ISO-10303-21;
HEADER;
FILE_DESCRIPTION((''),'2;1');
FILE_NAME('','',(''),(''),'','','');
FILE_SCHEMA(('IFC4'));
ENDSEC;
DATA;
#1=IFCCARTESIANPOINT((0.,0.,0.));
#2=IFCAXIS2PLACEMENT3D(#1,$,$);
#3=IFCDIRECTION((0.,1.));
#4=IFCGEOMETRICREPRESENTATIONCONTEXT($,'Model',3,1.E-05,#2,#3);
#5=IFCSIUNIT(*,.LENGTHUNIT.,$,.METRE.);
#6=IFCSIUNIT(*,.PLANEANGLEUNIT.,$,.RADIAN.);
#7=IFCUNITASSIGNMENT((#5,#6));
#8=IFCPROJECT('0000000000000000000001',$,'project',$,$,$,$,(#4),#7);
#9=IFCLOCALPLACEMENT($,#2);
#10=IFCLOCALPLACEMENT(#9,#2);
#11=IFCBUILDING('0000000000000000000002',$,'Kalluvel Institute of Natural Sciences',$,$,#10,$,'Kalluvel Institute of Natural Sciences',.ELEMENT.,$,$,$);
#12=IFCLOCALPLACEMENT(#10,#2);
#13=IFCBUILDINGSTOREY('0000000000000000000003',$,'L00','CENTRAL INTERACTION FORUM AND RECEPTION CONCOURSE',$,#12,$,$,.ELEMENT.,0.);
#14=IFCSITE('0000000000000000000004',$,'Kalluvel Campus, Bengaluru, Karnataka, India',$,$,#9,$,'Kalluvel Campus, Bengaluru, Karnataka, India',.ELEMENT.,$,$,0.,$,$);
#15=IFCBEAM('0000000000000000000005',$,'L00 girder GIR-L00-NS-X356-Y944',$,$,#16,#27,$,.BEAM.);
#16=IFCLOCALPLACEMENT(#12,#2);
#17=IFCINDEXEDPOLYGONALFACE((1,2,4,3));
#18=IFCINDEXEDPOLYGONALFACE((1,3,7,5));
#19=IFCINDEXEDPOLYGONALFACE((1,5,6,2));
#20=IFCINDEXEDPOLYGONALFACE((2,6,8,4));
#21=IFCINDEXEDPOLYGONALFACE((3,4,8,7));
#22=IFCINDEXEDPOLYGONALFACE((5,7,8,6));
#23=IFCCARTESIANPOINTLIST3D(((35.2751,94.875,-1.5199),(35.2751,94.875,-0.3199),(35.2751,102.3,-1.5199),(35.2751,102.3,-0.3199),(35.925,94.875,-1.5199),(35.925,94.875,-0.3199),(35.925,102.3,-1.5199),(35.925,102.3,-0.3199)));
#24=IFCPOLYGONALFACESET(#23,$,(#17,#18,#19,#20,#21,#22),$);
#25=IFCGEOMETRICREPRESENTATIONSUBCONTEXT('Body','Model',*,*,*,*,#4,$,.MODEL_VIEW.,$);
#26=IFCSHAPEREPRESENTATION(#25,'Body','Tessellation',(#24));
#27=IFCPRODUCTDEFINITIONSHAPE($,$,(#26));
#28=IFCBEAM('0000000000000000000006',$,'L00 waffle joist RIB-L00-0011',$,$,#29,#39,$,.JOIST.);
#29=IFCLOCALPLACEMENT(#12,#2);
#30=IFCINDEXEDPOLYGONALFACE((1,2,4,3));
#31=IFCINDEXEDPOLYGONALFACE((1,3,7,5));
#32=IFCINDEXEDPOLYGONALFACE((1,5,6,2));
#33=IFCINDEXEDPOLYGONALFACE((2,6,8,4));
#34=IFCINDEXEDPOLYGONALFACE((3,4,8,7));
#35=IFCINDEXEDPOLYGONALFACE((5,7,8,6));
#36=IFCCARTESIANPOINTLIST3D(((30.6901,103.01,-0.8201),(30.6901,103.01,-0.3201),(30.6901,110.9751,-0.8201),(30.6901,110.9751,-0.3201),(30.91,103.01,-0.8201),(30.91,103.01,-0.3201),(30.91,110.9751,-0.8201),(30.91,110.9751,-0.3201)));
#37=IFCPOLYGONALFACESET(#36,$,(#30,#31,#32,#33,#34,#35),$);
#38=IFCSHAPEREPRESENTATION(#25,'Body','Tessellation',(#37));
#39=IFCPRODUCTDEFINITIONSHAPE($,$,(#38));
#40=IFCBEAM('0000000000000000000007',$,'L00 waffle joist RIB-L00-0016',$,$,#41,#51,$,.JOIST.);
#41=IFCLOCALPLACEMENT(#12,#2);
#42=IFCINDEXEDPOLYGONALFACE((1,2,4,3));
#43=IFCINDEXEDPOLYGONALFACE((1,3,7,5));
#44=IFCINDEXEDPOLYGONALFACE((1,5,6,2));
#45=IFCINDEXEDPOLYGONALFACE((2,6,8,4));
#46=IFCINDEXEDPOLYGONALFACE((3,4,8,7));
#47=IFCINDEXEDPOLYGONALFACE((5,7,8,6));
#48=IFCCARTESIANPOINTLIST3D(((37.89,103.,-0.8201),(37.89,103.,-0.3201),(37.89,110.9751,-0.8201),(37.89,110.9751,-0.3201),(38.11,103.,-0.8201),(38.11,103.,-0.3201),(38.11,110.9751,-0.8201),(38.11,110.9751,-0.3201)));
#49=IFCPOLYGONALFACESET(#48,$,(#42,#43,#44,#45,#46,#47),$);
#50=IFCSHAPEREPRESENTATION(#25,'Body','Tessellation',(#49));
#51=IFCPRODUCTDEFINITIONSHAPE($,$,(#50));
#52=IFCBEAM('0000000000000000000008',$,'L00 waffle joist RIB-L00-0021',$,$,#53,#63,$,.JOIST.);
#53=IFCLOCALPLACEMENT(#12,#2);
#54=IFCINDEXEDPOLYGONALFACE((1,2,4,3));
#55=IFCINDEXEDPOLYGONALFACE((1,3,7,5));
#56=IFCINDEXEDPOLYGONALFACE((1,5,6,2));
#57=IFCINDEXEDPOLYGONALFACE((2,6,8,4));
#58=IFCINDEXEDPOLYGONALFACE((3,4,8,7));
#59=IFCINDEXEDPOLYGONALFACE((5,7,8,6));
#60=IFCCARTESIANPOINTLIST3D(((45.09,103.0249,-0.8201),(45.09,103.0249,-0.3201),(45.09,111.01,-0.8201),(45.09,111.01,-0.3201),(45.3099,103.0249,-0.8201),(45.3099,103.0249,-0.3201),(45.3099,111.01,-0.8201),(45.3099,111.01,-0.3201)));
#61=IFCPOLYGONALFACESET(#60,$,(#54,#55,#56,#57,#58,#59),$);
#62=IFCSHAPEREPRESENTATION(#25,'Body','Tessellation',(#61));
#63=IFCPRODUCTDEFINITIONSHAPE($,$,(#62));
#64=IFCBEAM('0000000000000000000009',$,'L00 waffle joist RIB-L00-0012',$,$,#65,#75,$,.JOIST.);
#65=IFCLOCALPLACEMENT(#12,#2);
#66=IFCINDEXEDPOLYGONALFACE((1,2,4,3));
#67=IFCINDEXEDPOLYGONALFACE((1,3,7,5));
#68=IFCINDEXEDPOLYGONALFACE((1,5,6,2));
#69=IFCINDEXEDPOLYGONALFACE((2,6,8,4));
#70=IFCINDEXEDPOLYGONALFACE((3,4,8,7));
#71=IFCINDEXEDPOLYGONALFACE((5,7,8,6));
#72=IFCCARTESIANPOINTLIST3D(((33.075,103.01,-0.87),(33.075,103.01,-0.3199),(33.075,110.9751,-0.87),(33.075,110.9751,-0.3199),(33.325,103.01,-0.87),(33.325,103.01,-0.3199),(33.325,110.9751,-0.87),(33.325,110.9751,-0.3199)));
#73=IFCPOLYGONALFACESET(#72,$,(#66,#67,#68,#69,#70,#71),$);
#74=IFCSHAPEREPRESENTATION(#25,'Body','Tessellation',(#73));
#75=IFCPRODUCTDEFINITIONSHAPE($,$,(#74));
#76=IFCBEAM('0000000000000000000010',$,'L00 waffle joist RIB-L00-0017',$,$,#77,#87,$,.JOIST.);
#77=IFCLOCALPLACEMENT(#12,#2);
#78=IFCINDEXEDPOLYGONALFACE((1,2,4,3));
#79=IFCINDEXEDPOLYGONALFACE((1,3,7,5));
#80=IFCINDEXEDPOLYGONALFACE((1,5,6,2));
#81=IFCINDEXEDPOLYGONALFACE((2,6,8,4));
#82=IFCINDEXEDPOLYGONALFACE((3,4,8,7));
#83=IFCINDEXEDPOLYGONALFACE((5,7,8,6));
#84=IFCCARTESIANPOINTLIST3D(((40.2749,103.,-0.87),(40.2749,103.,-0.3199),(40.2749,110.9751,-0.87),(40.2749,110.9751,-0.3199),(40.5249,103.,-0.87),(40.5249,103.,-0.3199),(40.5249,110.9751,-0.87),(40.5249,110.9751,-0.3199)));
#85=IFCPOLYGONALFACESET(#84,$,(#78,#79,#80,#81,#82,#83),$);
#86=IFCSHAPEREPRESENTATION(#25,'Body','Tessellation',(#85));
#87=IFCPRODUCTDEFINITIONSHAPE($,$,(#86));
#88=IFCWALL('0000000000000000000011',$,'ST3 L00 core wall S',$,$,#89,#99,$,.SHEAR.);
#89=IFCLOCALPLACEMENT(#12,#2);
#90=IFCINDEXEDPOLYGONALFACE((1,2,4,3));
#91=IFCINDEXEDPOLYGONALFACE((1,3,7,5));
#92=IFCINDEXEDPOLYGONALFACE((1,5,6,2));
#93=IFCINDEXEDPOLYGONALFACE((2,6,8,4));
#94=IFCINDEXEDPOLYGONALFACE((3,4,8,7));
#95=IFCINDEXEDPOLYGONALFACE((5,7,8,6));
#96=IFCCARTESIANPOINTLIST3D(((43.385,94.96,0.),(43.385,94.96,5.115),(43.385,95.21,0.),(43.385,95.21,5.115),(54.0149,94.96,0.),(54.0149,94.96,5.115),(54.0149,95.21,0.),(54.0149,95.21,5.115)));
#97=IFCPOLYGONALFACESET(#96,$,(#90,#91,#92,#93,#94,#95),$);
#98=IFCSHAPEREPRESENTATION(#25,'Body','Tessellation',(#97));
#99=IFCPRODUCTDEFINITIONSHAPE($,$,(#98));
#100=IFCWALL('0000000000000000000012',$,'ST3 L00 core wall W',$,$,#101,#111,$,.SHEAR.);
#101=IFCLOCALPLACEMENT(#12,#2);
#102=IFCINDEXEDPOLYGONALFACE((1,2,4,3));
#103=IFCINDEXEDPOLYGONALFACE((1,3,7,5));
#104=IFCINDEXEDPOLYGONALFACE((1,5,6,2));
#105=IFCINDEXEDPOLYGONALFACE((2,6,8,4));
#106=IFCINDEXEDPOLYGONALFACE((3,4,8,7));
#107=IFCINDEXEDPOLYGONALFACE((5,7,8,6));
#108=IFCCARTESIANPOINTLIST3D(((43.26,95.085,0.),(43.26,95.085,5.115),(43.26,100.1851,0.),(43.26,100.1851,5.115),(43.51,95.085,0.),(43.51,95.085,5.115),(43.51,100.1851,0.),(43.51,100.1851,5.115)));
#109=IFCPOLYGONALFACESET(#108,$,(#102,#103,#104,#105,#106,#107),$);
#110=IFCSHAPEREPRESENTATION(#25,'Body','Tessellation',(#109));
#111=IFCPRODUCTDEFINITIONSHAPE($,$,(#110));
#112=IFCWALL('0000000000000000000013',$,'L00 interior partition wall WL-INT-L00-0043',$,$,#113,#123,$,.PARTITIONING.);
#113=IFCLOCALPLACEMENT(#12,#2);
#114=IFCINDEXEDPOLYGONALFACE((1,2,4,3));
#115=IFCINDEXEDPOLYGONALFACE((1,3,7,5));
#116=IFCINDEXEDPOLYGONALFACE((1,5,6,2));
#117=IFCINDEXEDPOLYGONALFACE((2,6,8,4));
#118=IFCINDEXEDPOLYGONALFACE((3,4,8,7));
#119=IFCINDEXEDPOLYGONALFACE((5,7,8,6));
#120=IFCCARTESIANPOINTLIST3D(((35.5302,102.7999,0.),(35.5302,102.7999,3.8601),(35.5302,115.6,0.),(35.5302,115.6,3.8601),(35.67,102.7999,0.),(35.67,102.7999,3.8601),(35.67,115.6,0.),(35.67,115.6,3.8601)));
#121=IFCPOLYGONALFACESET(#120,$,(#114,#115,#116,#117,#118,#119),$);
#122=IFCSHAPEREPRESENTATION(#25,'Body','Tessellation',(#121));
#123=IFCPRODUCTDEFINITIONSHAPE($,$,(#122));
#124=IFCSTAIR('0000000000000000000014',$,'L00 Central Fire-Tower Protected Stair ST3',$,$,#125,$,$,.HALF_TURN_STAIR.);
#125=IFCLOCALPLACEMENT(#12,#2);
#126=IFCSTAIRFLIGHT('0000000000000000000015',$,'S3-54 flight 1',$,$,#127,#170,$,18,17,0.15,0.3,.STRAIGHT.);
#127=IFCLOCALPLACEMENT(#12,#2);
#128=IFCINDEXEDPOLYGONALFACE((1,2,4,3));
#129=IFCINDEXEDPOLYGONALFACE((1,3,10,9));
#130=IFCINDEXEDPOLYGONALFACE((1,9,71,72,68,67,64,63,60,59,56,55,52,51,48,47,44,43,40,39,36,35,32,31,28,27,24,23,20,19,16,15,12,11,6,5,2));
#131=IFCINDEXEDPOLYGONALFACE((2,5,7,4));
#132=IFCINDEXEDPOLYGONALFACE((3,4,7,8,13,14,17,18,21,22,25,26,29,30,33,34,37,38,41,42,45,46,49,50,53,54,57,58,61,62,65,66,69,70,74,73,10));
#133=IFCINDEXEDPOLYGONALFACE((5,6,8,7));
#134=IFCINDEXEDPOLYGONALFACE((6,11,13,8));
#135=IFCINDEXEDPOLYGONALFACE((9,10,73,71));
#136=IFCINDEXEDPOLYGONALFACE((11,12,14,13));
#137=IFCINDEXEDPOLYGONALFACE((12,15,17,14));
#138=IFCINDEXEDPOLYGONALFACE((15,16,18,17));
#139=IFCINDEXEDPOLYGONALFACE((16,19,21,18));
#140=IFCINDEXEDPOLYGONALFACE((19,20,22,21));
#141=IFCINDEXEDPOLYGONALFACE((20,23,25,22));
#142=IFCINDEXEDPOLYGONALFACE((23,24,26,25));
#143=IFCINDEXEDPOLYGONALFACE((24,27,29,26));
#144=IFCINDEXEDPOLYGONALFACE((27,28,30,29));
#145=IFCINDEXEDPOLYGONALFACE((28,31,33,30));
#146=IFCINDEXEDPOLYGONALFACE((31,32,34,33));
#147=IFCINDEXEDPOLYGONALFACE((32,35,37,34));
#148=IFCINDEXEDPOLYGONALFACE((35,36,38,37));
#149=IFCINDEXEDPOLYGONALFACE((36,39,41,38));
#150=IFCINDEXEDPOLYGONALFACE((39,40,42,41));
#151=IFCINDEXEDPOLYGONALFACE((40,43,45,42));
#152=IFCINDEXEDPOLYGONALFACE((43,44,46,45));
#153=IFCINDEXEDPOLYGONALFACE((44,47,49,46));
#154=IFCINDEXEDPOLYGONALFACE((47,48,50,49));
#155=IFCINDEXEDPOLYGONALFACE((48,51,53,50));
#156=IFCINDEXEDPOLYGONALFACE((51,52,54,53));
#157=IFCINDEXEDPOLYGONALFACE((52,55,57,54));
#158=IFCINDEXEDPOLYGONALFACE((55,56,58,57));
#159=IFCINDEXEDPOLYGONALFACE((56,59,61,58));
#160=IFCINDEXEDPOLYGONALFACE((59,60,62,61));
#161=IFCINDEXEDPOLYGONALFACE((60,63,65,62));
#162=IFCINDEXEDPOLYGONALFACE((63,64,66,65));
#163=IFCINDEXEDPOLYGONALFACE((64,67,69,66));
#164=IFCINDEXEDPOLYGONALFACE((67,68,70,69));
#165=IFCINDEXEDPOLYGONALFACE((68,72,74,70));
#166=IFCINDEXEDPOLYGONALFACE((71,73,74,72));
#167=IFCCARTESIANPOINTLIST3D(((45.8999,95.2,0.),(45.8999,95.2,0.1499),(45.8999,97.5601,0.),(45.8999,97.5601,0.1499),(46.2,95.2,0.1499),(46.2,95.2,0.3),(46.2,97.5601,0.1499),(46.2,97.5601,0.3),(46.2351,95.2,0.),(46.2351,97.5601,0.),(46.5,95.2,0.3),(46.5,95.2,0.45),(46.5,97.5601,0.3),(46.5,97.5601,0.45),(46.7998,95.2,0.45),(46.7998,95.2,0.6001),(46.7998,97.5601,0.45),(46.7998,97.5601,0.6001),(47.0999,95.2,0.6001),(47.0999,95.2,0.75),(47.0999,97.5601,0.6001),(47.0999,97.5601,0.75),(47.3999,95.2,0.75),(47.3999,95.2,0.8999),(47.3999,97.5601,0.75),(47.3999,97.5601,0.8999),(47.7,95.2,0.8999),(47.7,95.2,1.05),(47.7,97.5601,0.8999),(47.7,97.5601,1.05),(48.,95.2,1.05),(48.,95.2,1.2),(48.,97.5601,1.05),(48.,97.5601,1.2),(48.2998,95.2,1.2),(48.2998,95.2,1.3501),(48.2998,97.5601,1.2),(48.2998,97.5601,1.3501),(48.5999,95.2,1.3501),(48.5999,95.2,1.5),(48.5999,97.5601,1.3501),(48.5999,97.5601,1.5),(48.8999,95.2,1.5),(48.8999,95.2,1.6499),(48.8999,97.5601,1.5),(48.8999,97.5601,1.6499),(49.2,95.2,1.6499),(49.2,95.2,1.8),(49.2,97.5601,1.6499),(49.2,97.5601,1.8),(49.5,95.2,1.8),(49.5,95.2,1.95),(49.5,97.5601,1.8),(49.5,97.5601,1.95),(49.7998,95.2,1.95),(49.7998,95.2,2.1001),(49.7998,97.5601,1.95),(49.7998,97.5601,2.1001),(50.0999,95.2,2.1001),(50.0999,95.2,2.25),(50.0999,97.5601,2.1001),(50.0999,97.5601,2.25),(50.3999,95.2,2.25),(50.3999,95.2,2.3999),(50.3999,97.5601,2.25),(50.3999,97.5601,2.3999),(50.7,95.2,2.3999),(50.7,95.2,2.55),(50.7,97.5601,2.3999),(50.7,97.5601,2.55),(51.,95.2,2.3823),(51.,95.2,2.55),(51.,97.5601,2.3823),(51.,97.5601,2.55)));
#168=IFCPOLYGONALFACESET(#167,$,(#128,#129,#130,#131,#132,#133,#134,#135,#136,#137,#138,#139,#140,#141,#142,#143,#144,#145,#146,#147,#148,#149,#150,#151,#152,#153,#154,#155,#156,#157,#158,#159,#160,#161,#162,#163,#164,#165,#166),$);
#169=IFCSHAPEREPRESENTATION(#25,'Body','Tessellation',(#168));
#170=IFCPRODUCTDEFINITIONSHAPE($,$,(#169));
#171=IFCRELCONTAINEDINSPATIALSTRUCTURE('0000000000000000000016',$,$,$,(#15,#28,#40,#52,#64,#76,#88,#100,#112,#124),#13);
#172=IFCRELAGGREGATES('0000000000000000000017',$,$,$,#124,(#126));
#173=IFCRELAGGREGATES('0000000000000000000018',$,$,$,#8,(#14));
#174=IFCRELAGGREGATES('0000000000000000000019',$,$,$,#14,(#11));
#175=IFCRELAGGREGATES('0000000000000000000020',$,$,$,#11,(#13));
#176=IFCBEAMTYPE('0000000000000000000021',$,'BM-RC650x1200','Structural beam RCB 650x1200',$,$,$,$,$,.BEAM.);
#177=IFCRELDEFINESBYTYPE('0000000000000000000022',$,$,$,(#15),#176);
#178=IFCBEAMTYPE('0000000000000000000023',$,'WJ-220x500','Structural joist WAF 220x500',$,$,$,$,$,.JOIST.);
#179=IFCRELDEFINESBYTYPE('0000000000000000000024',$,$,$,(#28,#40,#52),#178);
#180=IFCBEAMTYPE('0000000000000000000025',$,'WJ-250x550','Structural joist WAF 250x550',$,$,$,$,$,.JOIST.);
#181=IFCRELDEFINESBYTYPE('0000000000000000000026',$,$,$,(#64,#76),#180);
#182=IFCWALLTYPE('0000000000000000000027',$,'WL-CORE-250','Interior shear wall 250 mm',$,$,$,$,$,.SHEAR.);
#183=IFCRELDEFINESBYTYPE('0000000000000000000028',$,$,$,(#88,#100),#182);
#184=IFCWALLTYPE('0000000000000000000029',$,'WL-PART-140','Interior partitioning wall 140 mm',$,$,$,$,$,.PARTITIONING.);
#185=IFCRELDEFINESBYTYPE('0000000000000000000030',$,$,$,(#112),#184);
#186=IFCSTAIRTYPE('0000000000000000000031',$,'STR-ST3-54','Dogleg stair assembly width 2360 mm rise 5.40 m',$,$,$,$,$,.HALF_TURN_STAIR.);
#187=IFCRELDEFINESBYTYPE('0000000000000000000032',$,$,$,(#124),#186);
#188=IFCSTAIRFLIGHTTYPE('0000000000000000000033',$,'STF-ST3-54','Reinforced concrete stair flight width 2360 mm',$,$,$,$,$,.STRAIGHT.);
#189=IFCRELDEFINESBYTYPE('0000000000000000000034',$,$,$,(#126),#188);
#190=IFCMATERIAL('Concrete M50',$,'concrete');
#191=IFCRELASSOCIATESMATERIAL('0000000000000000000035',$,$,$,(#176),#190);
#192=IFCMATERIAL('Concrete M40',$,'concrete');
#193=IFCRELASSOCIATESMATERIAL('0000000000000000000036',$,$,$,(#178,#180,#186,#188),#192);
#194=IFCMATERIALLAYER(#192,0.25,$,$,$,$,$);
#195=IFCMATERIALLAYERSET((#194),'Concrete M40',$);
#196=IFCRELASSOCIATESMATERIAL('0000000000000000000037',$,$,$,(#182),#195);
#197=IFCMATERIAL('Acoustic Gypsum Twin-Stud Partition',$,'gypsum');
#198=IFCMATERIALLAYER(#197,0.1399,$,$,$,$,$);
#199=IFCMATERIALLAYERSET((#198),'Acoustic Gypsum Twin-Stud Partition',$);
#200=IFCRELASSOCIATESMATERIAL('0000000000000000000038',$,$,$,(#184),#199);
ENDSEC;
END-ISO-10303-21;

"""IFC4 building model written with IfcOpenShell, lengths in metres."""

from ifc_helpers import new_model, si_unit, direction, frame, frame_2d, origin, origin_2d, place, context, subcontext, project, spatial, polyline, rectangle, outline, extrude, material, layer, layer_set, material_profile, profile_set, type_object, element, aggregate, save


model = new_model("IFC4")

# Units and contexts
model_context = context("Model", 3, precision=1e-05, world=origin(), true_north=direction((0.0, 1.0)))
body_context = subcontext(model_context, "Body", "Model", "MODEL_VIEW")
ifc_project = project(units=[si_unit("LENGTHUNIT", "METRE"), si_unit("PLANEANGLEUNIT", "RADIAN")], contexts=[model_context])

# Site, building, storey
site_placement = place(None, origin())
site = spatial("IfcSite", under=ifc_project, at=site_placement, Name="Kalluvel Campus, Bengaluru, Karnataka, India", LongName="Kalluvel Campus, Bengaluru, Karnataka, India", CompositionType="ELEMENT", RefElevation=0.0)
building_placement = place(site_placement, origin())
building = spatial("IfcBuilding", under=site, at=building_placement, Name="Kalluvel Institute of Natural Sciences", LongName="Kalluvel Institute of Natural Sciences", CompositionType="ELEMENT")
storey_placement = place(building_placement, origin())
storey = spatial("IfcBuildingStorey", under=building, at=storey_placement, Name="L00", Description="CENTRAL INTERACTION FORUM AND RECEPTION CONCOURSE", CompositionType="ELEMENT", Elevation=0.0)

# Shared definitions
ifc_material_1 = material(Name="Concrete M50", Category="concrete")

# Beams
ifc_material_2 = material(Name="Concrete M40", Category="concrete")
ifc_material_profile_1 = material_profile(ifc_material_1, rectangle(XDim=0.6499, YDim=1.2, at=origin_2d()), Name="RCB 650x1200")
ifc_profile_set_1 = profile_set([ifc_material_profile_1], Name="Concrete M50")
beam_type_1 = type_object("IfcBeamType", Name="BM-RC650x1200", Description="Structural beam RCB 650x1200", PredefinedType="BEAM", material=ifc_profile_set_1)
beam_1_placement = place(storey_placement, frame((35.6001, 94.875, -0.9199), z_axis=(0.0, 1.0, 0.0), x_axis=(-1.0, 0.0, 0.0)))
element("IfcBeam", 1, at=beam_1_placement, inside=storey, type_object=beam_type_1, Name="L00 girder GIR-L00-NS-X356-Y944", PredefinedType="BEAM", context=body_context, shape_type="SweptSolid", body=[
    extrude(rectangle(XDim=0.6499, YDim=1.2, at=origin_2d()), origin(), (0.0, 0.0, 1.0), 7.425),
])
ifc_material_profile_2 = material_profile(ifc_material_2, rectangle(XDim=0.22, YDim=0.5, at=origin_2d()), Name="WAF 220x500")
ifc_profile_set_2 = profile_set([ifc_material_profile_2], Name="Concrete M40")
beam_type_2 = type_object("IfcBeamType", Name="WJ-220x500", Description="Structural joist WAF 220x500", PredefinedType="JOIST", material=ifc_profile_set_2)
beam_2_placement = place(storey_placement, frame((30.8, 103.01, -0.5701), z_axis=(0.0, 1.0, 0.0), x_axis=(-1.0, 0.0, 0.0)))
element("IfcBeam", 2, at=beam_2_placement, inside=storey, type_object=beam_type_2, Name="L00 waffle joist RIB-L00-0011", PredefinedType="JOIST", context=body_context, shape_type="SweptSolid", body=[
    extrude(rectangle(XDim=0.22, YDim=0.5, at=origin_2d()), origin(), (0.0, 0.0, 1.0), 7.9651),
])
beam_3_placement = place(storey_placement, frame((38.0, 103.0, -0.5701), z_axis=(0.0, 1.0, 0.0), x_axis=(-1.0, 0.0, 0.0)))
element("IfcBeam", 3, at=beam_3_placement, inside=storey, type_object=beam_type_2, Name="L00 waffle joist RIB-L00-0016", PredefinedType="JOIST", context=body_context, shape_type="SweptSolid", body=[
    extrude(rectangle(XDim=0.22, YDim=0.5, at=origin_2d()), origin(), (0.0, 0.0, 1.0), 7.9751),
])
beam_4_placement = place(storey_placement, frame((45.2, 103.0249, -0.5701), z_axis=(0.0, 1.0, 0.0), x_axis=(-1.0, 0.0, 0.0)))
element("IfcBeam", 4, at=beam_4_placement, inside=storey, type_object=beam_type_2, Name="L00 waffle joist RIB-L00-0021", PredefinedType="JOIST", context=body_context, shape_type="SweptSolid", body=[
    extrude(rectangle(XDim=0.22, YDim=0.5, at=origin_2d()), origin(), (0.0, 0.0, 1.0), 7.9851),
])
ifc_material_profile_3 = material_profile(ifc_material_2, rectangle(XDim=0.25, YDim=0.55, at=origin_2d()), Name="WAF 250x550")
ifc_profile_set_3 = profile_set([ifc_material_profile_3], Name="Concrete M40")
beam_type_3 = type_object("IfcBeamType", Name="WJ-250x550", Description="Structural joist WAF 250x550", PredefinedType="JOIST", material=ifc_profile_set_3)
beam_5_placement = place(storey_placement, frame((33.2, 103.01, -0.595), z_axis=(0.0, 1.0, 0.0), x_axis=(-1.0, 0.0, 0.0)))
element("IfcBeam", 5, at=beam_5_placement, inside=storey, type_object=beam_type_3, Name="L00 waffle joist RIB-L00-0012", PredefinedType="JOIST", context=body_context, shape_type="SweptSolid", body=[
    extrude(rectangle(XDim=0.25, YDim=0.55, at=origin_2d()), origin(), (0.0, 0.0, 1.0), 7.9651),
])
beam_6_placement = place(storey_placement, frame((40.3999, 103.0, -0.595), z_axis=(0.0, 1.0, 0.0), x_axis=(-1.0, 0.0, 0.0)))
element("IfcBeam", 6, at=beam_6_placement, inside=storey, type_object=beam_type_3, Name="L00 waffle joist RIB-L00-0017", PredefinedType="JOIST", context=body_context, shape_type="SweptSolid", body=[
    extrude(rectangle(XDim=0.25, YDim=0.55, at=origin_2d()), origin(), (0.0, 0.0, 1.0), 7.9751),
])

# Walls
ifc_layer_1 = layer(ifc_material_2, 0.25)
ifc_layer_set_1 = layer_set([ifc_layer_1], Name="Concrete M40")
wall_type_1 = type_object("IfcWallType", Name="WL-CORE-250", Description="Interior shear wall 250 mm", PredefinedType="SHEAR", material=ifc_layer_set_1)
wall_1_placement = place(storey_placement, frame((43.385, 95.085, 0.0), z_axis=(0.0, 0.0, 1.0), x_axis=(1.0, 0.0, 0.0)))
element("IfcWall", 7, at=wall_1_placement, inside=storey, type_object=wall_type_1, Name="ST3 L00 core wall S", PredefinedType="SHEAR", context=body_context, shape_type="SweptSolid", body=[
    extrude(rectangle(XDim=10.6299, YDim=0.25, at=frame_2d((5.3149, 0.0))), origin(), (0.0, 0.0, 1.0), 5.115),
])
wall_2_placement = place(storey_placement, frame((43.385, 100.1851, 0.0), z_axis=(0.0, 0.0, 1.0), x_axis=(0.0, -1.0, 0.0)))
element("IfcWall", 8, at=wall_2_placement, inside=storey, type_object=wall_type_1, Name="ST3 L00 core wall W", PredefinedType="SHEAR", context=body_context, shape_type="SweptSolid", body=[
    extrude(rectangle(XDim=5.1001, YDim=0.25, at=frame_2d((2.55, 0.0))), origin(), (0.0, 0.0, 1.0), 5.115),
])
ifc_material_3 = material(Name="Acoustic Gypsum Twin-Stud Partition", Category="gypsum")
ifc_layer_2 = layer(ifc_material_3, 0.1399)
ifc_layer_set_2 = layer_set([ifc_layer_2], Name="Acoustic Gypsum Twin-Stud Partition")
wall_type_2 = type_object("IfcWallType", Name="WL-PART-140", Description="Interior partitioning wall 140 mm", PredefinedType="PARTITIONING", material=ifc_layer_set_2)
wall_3_placement = place(storey_placement, frame((35.6001, 102.8, 0.0), z_axis=(0.0, 0.0, 1.0), x_axis=(0.0, 1.0, 0.0)))
element("IfcWall", 9, at=wall_3_placement, inside=storey, type_object=wall_type_2, Name="L00 interior partition wall WL-INT-L00-0043", PredefinedType="PARTITIONING", context=body_context, shape_type="SweptSolid", body=[
    extrude(rectangle(XDim=12.8, YDim=0.1399, at=frame_2d((6.3999, 0.0))), origin(), (0.0, 0.0, 1.0), 3.8601),
])

# Stair, stair flight
stair_type = type_object("IfcStairType", Name="STR-ST3-54", Description="Dogleg stair assembly width 2360 mm rise 5.40 m", PredefinedType="HALF_TURN_STAIR", material=ifc_material_2)
stair_placement = place(storey_placement, origin())
stair = element("IfcStair", 10, at=stair_placement, inside=storey, type_object=stair_type, Name="L00 Central Fire-Tower Protected Stair ST3", PredefinedType="HALF_TURN_STAIR")
stair_flight_type = type_object("IfcStairFlightType", Name="STF-ST3-54", Description="Reinforced concrete stair flight width 2360 mm", PredefinedType="STRAIGHT", material=ifc_material_2)
stair_flight_placement = place(storey_placement, frame((45.8999, 96.3799, 0.0), z_axis=(0.0, 0.0, 1.0), x_axis=(1.0, 0.0, 0.0)))
stair_flight = element("IfcStairFlight", 11, at=stair_flight_placement, type_object=stair_flight_type, Name="S3-54 flight 1", NumberOfRisers=18, NumberOfTreads=17, PredefinedType="STRAIGHT", RiserHeight=0.15, TreadLength=0.3, context=body_context, shape_type="SweptSolid", body=[
    extrude(outline(polyline([(0.0, 0.0), (0.0, 0.1499), (0.3, 0.1499), (0.3, 0.3), (0.6001, 0.3), (0.6001, 0.45), (0.8999, 0.45), (0.8999, 0.6001), (1.2, 0.6001), (1.2, 0.75), (1.5, 0.75), (1.5, 0.8999), (1.8, 0.8999), (1.8, 1.05), (2.1001, 1.05), (2.1001, 1.2), (2.3999, 1.2), (2.3999, 1.3501), (2.7, 1.3501), (2.7, 1.5), (3.0, 1.5), (3.0, 1.6499), (3.3, 1.6499), (3.3, 1.8), (3.6001, 1.8), (3.6001, 1.95), (3.8999, 1.95), (3.8999, 2.1001), (4.2, 2.1001), (4.2, 2.25), (4.5, 2.25), (4.5, 2.3999), (4.8, 2.3999), (4.8, 2.55), (5.1001, 2.55), (5.1001, 2.7), (5.1001, 2.3823), (0.3352, 0.0), (0.0, 0.0)])), frame((0.0, 1.1802, 0.0), z_axis=(0.0, -1.0, 0.0), x_axis=(1.0, 0.0, 0.0)), (0.0, 0.0, 1.0), 2.3601),
])
aggregate(stair, [stair_flight])

save(model, "model.ifc")
